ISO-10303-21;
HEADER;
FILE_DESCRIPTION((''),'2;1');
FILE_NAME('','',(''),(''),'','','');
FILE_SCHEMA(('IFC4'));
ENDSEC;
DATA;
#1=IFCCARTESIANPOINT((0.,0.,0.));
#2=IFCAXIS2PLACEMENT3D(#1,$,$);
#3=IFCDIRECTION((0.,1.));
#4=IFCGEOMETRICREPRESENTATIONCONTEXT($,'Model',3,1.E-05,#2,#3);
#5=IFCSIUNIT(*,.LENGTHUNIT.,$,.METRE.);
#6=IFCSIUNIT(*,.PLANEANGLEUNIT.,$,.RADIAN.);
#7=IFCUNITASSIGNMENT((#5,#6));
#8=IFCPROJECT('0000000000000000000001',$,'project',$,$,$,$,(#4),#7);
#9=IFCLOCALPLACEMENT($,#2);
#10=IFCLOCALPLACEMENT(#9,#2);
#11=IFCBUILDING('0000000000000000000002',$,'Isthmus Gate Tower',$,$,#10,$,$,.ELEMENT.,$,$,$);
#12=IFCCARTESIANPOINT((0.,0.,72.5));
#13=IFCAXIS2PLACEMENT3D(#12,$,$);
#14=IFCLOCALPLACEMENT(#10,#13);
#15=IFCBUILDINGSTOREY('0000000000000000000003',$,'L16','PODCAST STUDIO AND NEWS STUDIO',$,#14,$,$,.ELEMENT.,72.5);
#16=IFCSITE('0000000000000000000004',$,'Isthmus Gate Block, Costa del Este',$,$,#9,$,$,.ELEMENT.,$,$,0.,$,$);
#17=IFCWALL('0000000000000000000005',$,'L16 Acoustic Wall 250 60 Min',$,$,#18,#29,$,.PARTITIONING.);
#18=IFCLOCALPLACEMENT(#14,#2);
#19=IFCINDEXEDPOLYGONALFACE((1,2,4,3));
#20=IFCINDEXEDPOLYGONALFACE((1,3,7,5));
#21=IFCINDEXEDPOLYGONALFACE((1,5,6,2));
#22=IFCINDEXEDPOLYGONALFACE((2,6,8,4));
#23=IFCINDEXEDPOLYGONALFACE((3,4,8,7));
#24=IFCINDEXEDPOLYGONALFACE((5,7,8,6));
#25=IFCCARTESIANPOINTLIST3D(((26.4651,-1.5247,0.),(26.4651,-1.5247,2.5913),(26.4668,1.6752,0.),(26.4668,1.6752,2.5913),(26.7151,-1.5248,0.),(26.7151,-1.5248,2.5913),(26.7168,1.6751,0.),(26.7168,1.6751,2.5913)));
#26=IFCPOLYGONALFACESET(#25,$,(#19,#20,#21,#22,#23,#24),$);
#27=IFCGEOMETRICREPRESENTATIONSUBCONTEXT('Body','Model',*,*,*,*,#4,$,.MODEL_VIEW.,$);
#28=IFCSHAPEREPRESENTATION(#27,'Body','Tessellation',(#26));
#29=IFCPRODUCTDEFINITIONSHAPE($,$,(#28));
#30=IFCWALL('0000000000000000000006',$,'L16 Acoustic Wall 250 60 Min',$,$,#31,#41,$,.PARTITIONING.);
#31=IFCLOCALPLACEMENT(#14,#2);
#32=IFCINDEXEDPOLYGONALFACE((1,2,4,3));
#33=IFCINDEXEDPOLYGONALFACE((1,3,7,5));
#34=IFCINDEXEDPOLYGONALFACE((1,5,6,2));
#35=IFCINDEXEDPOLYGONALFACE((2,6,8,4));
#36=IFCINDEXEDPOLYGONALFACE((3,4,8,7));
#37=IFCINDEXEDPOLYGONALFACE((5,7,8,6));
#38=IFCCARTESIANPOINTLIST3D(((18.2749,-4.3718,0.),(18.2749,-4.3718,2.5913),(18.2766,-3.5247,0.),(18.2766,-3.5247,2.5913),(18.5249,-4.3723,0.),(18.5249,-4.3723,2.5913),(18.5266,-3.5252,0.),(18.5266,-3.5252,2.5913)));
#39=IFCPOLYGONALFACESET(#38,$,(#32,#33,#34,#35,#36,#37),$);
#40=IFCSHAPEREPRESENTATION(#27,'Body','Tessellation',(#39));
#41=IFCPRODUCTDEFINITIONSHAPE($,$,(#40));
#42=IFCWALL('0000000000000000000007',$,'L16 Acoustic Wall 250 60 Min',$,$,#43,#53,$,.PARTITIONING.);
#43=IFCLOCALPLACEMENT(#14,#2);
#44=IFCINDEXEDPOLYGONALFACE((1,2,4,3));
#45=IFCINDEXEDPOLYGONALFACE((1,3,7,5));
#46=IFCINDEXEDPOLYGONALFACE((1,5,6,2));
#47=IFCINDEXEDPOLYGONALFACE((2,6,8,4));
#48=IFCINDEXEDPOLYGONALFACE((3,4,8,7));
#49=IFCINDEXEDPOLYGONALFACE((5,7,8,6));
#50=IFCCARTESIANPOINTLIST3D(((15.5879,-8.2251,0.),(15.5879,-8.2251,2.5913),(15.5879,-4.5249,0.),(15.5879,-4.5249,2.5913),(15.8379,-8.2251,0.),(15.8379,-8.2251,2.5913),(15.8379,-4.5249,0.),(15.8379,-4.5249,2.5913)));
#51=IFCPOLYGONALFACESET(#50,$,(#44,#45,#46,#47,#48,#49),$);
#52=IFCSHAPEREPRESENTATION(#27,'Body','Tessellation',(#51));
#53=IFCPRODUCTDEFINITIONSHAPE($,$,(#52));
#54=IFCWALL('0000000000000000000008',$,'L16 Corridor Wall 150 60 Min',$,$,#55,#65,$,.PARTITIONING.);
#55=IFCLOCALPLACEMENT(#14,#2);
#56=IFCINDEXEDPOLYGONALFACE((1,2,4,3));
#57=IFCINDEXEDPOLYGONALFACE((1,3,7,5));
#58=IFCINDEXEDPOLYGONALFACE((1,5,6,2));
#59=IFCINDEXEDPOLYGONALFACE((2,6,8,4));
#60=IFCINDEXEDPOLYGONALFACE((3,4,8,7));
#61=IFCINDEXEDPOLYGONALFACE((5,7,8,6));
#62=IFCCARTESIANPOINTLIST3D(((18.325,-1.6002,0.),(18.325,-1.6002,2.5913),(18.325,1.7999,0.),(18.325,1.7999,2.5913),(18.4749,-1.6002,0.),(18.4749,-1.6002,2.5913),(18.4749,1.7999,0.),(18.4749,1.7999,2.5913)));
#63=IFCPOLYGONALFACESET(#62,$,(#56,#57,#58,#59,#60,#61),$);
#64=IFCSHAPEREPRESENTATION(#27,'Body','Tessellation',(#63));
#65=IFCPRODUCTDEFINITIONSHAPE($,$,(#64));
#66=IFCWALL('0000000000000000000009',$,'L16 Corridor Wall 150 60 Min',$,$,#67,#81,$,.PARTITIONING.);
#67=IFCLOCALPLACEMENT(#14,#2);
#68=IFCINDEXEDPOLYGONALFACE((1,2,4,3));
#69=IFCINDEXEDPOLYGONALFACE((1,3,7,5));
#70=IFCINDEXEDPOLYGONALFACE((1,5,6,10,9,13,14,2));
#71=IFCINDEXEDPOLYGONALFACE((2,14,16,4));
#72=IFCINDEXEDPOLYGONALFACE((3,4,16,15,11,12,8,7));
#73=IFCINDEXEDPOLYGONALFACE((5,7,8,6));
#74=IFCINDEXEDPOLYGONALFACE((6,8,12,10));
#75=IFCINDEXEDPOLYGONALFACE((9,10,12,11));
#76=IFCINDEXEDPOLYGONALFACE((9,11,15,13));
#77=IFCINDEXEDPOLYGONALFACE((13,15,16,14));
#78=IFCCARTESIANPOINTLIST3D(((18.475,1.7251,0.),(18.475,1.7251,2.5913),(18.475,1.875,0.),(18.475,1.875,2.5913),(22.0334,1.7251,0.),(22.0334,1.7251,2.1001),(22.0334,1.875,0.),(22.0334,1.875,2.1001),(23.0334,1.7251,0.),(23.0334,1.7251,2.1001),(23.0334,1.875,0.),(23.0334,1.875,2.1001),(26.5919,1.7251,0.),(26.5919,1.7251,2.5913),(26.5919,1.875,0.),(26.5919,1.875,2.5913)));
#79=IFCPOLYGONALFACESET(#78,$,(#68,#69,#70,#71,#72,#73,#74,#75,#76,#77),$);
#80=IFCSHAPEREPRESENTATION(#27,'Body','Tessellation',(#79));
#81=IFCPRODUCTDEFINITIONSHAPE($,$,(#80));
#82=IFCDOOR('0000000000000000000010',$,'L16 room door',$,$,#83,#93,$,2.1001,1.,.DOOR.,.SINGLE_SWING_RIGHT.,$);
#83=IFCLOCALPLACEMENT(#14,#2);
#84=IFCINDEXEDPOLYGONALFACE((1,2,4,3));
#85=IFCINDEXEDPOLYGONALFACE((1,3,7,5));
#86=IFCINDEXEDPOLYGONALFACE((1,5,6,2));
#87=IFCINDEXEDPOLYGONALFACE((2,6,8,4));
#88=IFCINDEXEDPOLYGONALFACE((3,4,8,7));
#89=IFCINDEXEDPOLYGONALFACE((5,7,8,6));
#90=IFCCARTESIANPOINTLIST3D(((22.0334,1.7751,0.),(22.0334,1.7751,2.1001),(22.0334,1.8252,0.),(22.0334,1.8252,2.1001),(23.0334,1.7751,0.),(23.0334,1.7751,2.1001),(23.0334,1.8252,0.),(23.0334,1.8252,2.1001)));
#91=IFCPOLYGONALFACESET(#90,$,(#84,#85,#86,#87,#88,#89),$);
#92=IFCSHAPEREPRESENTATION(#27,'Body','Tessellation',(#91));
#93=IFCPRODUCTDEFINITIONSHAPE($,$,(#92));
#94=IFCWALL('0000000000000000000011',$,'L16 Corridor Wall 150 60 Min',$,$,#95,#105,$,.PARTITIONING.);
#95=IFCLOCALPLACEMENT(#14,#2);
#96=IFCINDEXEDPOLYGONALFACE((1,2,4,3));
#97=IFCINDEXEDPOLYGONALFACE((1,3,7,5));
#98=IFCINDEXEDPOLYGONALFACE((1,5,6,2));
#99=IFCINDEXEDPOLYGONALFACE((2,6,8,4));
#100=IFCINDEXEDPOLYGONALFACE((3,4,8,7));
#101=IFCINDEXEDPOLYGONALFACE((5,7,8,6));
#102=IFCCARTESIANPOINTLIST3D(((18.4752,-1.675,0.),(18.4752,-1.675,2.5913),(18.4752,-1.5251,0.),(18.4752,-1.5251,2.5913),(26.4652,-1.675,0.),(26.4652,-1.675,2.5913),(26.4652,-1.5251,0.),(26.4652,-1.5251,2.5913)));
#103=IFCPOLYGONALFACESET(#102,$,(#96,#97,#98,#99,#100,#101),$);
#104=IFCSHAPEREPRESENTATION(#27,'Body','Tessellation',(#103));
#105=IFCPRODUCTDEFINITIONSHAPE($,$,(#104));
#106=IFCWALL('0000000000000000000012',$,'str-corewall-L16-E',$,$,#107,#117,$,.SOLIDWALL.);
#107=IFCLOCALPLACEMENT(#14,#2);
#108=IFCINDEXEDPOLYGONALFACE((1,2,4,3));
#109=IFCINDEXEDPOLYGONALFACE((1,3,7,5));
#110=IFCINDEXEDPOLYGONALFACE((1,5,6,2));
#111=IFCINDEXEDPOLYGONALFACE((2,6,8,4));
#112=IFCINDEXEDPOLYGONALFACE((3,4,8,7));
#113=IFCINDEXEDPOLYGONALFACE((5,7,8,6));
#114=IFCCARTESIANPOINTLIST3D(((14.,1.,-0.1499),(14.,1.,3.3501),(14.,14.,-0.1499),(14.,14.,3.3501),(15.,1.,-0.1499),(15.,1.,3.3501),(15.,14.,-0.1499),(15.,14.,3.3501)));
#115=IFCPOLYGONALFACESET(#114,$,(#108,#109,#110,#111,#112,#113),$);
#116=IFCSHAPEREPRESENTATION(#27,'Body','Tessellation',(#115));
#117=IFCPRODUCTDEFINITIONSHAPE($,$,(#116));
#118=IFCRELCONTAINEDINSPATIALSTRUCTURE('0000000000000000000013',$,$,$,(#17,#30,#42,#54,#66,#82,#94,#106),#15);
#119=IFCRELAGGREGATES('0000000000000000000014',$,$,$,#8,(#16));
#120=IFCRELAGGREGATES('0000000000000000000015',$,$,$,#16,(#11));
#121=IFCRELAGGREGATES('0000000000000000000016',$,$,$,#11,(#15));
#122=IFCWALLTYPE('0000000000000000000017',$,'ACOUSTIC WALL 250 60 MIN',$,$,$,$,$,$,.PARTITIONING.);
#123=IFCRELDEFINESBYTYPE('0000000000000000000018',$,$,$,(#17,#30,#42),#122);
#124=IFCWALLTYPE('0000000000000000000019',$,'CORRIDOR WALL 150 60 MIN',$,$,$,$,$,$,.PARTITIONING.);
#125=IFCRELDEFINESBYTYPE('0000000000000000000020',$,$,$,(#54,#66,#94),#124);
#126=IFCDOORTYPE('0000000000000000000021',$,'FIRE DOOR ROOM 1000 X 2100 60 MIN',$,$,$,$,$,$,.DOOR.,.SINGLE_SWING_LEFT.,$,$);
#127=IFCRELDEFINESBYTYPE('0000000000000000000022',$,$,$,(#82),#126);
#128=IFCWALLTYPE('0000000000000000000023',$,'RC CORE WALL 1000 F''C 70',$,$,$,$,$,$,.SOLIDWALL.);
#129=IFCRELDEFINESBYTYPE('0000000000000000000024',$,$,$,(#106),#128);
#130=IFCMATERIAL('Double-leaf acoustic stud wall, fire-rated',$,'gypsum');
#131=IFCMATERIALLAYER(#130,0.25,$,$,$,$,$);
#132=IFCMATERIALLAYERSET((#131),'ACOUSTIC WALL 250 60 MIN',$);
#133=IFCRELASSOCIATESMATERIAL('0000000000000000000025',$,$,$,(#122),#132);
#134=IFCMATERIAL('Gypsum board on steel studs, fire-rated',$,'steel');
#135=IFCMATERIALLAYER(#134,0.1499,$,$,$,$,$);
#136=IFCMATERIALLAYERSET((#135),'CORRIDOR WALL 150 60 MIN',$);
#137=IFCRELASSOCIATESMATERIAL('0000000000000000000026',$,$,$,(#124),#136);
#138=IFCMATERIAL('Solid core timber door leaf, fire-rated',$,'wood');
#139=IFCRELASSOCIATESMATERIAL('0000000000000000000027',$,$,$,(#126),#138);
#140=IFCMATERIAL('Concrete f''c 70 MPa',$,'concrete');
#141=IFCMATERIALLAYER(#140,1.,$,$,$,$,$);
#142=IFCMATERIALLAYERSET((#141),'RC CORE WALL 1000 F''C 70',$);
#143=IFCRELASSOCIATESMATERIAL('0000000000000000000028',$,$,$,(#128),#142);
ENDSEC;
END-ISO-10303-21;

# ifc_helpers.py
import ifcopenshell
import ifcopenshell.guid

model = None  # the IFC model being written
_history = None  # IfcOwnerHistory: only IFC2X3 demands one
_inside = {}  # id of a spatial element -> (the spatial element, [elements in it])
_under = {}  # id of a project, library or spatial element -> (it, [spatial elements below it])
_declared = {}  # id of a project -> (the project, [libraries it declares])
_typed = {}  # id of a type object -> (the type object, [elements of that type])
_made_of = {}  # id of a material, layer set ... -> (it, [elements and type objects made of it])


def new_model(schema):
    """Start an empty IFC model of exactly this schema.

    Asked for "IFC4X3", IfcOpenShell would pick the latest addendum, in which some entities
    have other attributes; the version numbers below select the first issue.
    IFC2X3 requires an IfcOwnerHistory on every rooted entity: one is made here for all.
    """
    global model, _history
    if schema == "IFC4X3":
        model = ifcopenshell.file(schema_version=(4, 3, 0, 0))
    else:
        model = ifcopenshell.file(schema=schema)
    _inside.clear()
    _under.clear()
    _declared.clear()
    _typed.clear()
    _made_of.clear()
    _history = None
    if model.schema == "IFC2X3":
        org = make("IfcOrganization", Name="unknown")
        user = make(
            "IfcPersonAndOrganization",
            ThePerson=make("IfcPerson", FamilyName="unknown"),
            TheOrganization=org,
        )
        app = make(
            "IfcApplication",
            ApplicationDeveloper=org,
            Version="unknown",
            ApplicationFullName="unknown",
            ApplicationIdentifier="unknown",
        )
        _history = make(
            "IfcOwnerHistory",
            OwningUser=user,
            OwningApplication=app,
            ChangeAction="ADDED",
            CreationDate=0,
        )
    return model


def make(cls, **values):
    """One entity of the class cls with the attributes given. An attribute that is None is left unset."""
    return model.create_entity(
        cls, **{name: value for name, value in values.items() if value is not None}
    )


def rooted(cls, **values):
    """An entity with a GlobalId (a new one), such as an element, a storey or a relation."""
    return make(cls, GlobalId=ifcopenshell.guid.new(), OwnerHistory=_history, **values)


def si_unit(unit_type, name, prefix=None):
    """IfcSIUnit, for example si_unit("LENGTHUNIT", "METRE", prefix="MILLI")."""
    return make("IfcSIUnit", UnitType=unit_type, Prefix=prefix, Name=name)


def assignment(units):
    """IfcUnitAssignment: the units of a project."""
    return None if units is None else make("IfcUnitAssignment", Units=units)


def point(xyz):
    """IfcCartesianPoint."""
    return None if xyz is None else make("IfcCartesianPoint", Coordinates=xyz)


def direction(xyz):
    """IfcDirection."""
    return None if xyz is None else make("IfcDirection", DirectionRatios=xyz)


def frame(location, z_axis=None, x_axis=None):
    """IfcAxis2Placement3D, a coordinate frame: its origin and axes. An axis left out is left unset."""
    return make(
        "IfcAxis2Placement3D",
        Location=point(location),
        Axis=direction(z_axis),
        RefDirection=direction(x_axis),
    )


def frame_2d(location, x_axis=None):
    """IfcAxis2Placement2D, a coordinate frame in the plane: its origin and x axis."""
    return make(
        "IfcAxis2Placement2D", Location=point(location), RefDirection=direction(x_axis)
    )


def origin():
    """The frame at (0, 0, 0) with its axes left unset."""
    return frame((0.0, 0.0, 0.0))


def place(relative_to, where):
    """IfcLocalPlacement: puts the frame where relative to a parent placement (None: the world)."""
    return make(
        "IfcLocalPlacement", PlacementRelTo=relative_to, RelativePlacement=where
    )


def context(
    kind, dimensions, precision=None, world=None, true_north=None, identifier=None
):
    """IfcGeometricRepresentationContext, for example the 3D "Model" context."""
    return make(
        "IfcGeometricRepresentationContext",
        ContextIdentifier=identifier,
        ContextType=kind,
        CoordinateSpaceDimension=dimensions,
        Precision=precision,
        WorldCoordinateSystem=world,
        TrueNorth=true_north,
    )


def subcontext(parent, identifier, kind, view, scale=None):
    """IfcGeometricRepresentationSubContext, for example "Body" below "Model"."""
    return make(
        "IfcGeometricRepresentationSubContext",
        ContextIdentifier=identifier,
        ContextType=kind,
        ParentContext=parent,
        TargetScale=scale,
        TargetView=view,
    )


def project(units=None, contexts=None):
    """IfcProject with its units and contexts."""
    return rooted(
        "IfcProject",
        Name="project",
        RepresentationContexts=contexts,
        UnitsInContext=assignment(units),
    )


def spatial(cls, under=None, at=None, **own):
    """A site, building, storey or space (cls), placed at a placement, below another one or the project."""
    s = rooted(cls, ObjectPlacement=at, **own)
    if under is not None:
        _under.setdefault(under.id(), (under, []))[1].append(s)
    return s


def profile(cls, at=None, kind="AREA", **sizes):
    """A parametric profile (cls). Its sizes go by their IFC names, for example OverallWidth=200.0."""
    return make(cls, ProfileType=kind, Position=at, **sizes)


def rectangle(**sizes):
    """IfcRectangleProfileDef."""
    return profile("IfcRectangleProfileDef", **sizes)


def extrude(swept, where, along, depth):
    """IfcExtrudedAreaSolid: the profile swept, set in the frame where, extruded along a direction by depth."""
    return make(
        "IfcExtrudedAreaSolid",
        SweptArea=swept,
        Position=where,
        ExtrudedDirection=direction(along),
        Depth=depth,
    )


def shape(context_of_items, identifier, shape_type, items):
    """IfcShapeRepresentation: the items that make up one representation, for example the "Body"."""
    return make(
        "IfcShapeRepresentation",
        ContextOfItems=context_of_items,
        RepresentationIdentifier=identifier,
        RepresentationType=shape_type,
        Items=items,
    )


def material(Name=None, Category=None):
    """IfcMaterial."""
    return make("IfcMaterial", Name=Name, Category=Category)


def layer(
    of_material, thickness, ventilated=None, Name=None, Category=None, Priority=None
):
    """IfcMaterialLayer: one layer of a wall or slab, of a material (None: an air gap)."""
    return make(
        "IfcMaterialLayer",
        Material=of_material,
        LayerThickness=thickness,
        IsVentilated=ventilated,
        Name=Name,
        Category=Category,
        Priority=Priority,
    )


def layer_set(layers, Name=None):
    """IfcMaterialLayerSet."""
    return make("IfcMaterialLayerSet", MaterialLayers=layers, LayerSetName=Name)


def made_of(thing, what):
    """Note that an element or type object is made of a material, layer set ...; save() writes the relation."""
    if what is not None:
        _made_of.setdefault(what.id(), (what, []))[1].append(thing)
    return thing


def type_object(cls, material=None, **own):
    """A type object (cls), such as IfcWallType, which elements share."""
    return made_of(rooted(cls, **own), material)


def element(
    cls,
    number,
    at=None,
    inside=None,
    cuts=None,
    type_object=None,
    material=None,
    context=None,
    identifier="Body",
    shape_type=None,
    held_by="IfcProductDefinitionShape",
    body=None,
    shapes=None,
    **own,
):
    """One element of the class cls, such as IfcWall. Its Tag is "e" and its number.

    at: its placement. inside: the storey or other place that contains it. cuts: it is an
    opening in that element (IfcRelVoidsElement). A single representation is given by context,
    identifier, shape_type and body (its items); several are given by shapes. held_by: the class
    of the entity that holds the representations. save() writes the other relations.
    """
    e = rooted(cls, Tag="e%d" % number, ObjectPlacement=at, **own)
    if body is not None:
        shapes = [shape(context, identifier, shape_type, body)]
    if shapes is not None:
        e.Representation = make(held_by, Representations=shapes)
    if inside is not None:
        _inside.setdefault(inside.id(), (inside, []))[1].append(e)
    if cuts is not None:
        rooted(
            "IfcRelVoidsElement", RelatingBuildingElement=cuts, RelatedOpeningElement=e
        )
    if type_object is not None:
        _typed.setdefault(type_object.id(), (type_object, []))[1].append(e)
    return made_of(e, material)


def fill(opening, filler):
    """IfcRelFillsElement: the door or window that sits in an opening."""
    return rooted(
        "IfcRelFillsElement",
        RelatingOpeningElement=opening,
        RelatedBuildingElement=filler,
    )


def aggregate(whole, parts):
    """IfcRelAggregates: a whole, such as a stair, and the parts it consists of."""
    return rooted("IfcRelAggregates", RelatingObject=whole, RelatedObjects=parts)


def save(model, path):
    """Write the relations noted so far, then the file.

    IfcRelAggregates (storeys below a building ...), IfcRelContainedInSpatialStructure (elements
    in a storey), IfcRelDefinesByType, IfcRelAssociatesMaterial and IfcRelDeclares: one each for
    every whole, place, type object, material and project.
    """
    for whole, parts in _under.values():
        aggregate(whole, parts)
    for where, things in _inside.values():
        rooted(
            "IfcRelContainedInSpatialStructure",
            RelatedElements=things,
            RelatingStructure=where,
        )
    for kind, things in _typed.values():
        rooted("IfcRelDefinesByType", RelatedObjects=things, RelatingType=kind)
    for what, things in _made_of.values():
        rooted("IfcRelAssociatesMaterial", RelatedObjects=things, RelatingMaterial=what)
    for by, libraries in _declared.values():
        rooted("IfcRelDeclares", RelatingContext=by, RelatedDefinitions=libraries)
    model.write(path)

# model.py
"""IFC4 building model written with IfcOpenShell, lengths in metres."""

from ifc_helpers import new_model, si_unit, direction, frame, frame_2d, origin, place, context, subcontext, project, spatial, rectangle, extrude, material, layer, layer_set, type_object, element, fill, save


model = new_model("IFC4")

# Units and contexts
model_context = context("Model", 3, precision=1e-05, world=origin(), true_north=direction((0.0, 1.0)))
body_context = subcontext(model_context, "Body", "Model", "MODEL_VIEW")
ifc_project = project(units=[si_unit("LENGTHUNIT", "METRE"), si_unit("PLANEANGLEUNIT", "RADIAN")], contexts=[model_context])

# Site, building, storey
site_placement = place(None, origin())
site = spatial("IfcSite", under=ifc_project, at=site_placement, Name="Isthmus Gate Block, Costa del Este", CompositionType="ELEMENT", RefElevation=0.0)
building_placement = place(site_placement, origin())
building = spatial("IfcBuilding", under=site, at=building_placement, Name="Isthmus Gate Tower", CompositionType="ELEMENT")
storey_placement = place(building_placement, frame((0.0, 0.0, 72.5)))
storey = spatial("IfcBuildingStorey", under=building, at=storey_placement, Name="L16", Description="PODCAST STUDIO AND NEWS STUDIO", CompositionType="ELEMENT", Elevation=72.5)

# Shared definitions
ifc_material_1 = material(Name="Double-leaf acoustic stud wall, fire-rated", Category="gypsum")
ifc_layer_1 = layer(ifc_material_1, 0.25)
ifc_layer_set_1 = layer_set([ifc_layer_1], Name="ACOUSTIC WALL 250 60 MIN")
wall_type_1 = type_object("IfcWallType", Name="ACOUSTIC WALL 250 60 MIN", PredefinedType="PARTITIONING", material=ifc_layer_set_1)

# Walls
wall_1_placement = place(storey_placement, frame((26.5901, -1.5249, 0.0), z_axis=(0.0, 0.0, 1.0), x_axis=(0.000534, 1.0, 0.0)))
element("IfcWall", 1, at=wall_1_placement, inside=storey, type_object=wall_type_1, Name="L16 Acoustic Wall 250 60 Min", PredefinedType="PARTITIONING", context=body_context, shape_type="SweptSolid", body=[
    extrude(rectangle(XDim=3.2, YDim=0.25, at=frame_2d((1.6001, 0.0))), origin(), (0.0, 0.0, 1.0), 2.5913),
])
wall_2_placement = place(storey_placement, frame((18.3999, -4.3721, 0.0), z_axis=(0.0, 0.0, 1.0), x_axis=(0.002017, 0.999998, 0.0)))
element("IfcWall", 2, at=wall_2_placement, inside=storey, type_object=wall_type_1, Name="L16 Acoustic Wall 250 60 Min", PredefinedType="PARTITIONING", context=body_context, shape_type="SweptSolid", body=[
    extrude(rectangle(XDim=0.8472, YDim=0.25, at=frame_2d((0.4236, 0.0))), origin(), (0.0, 0.0, 1.0), 2.5913),
])
wall_3_placement = place(storey_placement, frame((15.7129, -4.5249, 0.0), z_axis=(0.0, 0.0, 1.0), x_axis=(0.0, -1.0, 0.0)))
element("IfcWall", 3, at=wall_3_placement, inside=storey, type_object=wall_type_1, Name="L16 Acoustic Wall 250 60 Min", PredefinedType="PARTITIONING", context=body_context, shape_type="SweptSolid", body=[
    extrude(rectangle(XDim=3.7002, YDim=0.25, at=frame_2d((1.8501, 0.0))), origin(), (0.0, 0.0, 1.0), 2.5913),
])
ifc_material_2 = material(Name="Gypsum board on steel studs, fire-rated", Category="steel")
ifc_layer_2 = layer(ifc_material_2, 0.1499)
ifc_layer_set_2 = layer_set([ifc_layer_2], Name="CORRIDOR WALL 150 60 MIN")
wall_type_2 = type_object("IfcWallType", Name="CORRIDOR WALL 150 60 MIN", PredefinedType="PARTITIONING", material=ifc_layer_set_2)
wall_4_placement = place(storey_placement, frame((18.3999, 1.8, 0.0), z_axis=(0.0, 0.0, 1.0), x_axis=(0.0, -1.0, 0.0)))
element("IfcWall", 4, at=wall_4_placement, inside=storey, type_object=wall_type_2, Name="L16 Corridor Wall 150 60 Min", PredefinedType="PARTITIONING", context=body_context, shape_type="SweptSolid", body=[
    extrude(rectangle(XDim=3.4001, YDim=0.1499, at=frame_2d((1.7002, 0.0))), origin(), (0.0, 0.0, 1.0), 2.5913),
])

# Wall, opening, door
wall_5_placement = place(storey_placement, frame((26.592, 1.8, 0.0), z_axis=(0.0, 0.0, 1.0), x_axis=(-1.0, 0.0, 0.0)))
wall_5 = element("IfcWall", 5, at=wall_5_placement, inside=storey, type_object=wall_type_2, Name="L16 Corridor Wall 150 60 Min", PredefinedType="PARTITIONING", context=body_context, shape_type="SweptSolid", body=[
    extrude(rectangle(XDim=8.1169, YDim=0.1499, at=frame_2d((4.0586, 0.0))), origin(), (0.0, 0.0, 1.0), 2.5913),
])
opening_1_placement = place(wall_5_placement, frame((3.5586, 0.0, 0.0)))
opening_1 = element("IfcOpeningElement", 6, at=opening_1_placement, cuts=wall_5, PredefinedType="OPENING", context=body_context, shape_type="SweptSolid", body=[
    extrude(rectangle(XDim=1.0, YDim=2.1001, at=frame_2d((0.5, 1.05))), frame((0.0, 0.085, 0.0), z_axis=(0.0, -1.0, 0.0), x_axis=(1.0, 0.0, 0.0)), (0.0, 0.0, 1.0), 0.1699),
])
ifc_material_3 = material(Name="Solid core timber door leaf, fire-rated", Category="wood")
door_type_1 = type_object("IfcDoorType", Name="FIRE DOOR ROOM 1000 X 2100 60 MIN", OperationType="SINGLE_SWING_LEFT", PredefinedType="DOOR", material=ifc_material_3)
door_1_placement = place(opening_1_placement, origin())
door_1 = element("IfcDoor", 7, at=door_1_placement, inside=storey, type_object=door_type_1, Name="L16 room door", OperationType="SINGLE_SWING_RIGHT", OverallHeight=2.1001, OverallWidth=1.0, PredefinedType="DOOR", context=body_context, shape_type="SweptSolid", body=[
    extrude(rectangle(XDim=1.0, YDim=2.1001, at=frame_2d((0.5, 1.05))), frame((0.0, 0.0249, 0.0), z_axis=(0.0, -1.0, 0.0), x_axis=(1.0, 0.0, 0.0)), (0.0, 0.0, 1.0), 0.05),
])
fill(opening_1, door_1)

# Walls
wall_6_placement = place(storey_placement, frame((18.4751, -1.6001, 0.0), z_axis=(0.0, 0.0, 1.0), x_axis=(1.0, 0.0, 0.0)))
element("IfcWall", 8, at=wall_6_placement, inside=storey, type_object=wall_type_2, Name="L16 Corridor Wall 150 60 Min", PredefinedType="PARTITIONING", context=body_context, shape_type="SweptSolid", body=[
    extrude(rectangle(XDim=7.99, YDim=0.1499, at=frame_2d((3.9951, 0.0))), origin(), (0.0, 0.0, 1.0), 2.5913),
])
ifc_material_4 = material(Name="Concrete f'c 70 MPa", Category="concrete")
ifc_layer_3 = layer(ifc_material_4, 1.0)
ifc_layer_set_3 = layer_set([ifc_layer_3], Name="RC CORE WALL 1000 F'C 70")
wall_type_3 = type_object("IfcWallType", Name="RC CORE WALL 1000 F'C 70", PredefinedType="SOLIDWALL", material=ifc_layer_set_3)
wall_7_placement = place(storey_placement, frame((14.5, 1.0, -0.1499), z_axis=(0.0, 0.0, 1.0), x_axis=(0.0, 1.0, 0.0)))
element("IfcWall", 9, at=wall_7_placement, inside=storey, type_object=wall_type_3, Name="str-corewall-L16-E", PredefinedType="SOLIDWALL", context=body_context, shape_type="SweptSolid", body=[
    extrude(rectangle(XDim=13.0, YDim=1.0, at=frame_2d((6.5, 0.0))), origin(), (0.0, 0.0, 1.0), 3.5),
])

save(model, "model.ifc")
